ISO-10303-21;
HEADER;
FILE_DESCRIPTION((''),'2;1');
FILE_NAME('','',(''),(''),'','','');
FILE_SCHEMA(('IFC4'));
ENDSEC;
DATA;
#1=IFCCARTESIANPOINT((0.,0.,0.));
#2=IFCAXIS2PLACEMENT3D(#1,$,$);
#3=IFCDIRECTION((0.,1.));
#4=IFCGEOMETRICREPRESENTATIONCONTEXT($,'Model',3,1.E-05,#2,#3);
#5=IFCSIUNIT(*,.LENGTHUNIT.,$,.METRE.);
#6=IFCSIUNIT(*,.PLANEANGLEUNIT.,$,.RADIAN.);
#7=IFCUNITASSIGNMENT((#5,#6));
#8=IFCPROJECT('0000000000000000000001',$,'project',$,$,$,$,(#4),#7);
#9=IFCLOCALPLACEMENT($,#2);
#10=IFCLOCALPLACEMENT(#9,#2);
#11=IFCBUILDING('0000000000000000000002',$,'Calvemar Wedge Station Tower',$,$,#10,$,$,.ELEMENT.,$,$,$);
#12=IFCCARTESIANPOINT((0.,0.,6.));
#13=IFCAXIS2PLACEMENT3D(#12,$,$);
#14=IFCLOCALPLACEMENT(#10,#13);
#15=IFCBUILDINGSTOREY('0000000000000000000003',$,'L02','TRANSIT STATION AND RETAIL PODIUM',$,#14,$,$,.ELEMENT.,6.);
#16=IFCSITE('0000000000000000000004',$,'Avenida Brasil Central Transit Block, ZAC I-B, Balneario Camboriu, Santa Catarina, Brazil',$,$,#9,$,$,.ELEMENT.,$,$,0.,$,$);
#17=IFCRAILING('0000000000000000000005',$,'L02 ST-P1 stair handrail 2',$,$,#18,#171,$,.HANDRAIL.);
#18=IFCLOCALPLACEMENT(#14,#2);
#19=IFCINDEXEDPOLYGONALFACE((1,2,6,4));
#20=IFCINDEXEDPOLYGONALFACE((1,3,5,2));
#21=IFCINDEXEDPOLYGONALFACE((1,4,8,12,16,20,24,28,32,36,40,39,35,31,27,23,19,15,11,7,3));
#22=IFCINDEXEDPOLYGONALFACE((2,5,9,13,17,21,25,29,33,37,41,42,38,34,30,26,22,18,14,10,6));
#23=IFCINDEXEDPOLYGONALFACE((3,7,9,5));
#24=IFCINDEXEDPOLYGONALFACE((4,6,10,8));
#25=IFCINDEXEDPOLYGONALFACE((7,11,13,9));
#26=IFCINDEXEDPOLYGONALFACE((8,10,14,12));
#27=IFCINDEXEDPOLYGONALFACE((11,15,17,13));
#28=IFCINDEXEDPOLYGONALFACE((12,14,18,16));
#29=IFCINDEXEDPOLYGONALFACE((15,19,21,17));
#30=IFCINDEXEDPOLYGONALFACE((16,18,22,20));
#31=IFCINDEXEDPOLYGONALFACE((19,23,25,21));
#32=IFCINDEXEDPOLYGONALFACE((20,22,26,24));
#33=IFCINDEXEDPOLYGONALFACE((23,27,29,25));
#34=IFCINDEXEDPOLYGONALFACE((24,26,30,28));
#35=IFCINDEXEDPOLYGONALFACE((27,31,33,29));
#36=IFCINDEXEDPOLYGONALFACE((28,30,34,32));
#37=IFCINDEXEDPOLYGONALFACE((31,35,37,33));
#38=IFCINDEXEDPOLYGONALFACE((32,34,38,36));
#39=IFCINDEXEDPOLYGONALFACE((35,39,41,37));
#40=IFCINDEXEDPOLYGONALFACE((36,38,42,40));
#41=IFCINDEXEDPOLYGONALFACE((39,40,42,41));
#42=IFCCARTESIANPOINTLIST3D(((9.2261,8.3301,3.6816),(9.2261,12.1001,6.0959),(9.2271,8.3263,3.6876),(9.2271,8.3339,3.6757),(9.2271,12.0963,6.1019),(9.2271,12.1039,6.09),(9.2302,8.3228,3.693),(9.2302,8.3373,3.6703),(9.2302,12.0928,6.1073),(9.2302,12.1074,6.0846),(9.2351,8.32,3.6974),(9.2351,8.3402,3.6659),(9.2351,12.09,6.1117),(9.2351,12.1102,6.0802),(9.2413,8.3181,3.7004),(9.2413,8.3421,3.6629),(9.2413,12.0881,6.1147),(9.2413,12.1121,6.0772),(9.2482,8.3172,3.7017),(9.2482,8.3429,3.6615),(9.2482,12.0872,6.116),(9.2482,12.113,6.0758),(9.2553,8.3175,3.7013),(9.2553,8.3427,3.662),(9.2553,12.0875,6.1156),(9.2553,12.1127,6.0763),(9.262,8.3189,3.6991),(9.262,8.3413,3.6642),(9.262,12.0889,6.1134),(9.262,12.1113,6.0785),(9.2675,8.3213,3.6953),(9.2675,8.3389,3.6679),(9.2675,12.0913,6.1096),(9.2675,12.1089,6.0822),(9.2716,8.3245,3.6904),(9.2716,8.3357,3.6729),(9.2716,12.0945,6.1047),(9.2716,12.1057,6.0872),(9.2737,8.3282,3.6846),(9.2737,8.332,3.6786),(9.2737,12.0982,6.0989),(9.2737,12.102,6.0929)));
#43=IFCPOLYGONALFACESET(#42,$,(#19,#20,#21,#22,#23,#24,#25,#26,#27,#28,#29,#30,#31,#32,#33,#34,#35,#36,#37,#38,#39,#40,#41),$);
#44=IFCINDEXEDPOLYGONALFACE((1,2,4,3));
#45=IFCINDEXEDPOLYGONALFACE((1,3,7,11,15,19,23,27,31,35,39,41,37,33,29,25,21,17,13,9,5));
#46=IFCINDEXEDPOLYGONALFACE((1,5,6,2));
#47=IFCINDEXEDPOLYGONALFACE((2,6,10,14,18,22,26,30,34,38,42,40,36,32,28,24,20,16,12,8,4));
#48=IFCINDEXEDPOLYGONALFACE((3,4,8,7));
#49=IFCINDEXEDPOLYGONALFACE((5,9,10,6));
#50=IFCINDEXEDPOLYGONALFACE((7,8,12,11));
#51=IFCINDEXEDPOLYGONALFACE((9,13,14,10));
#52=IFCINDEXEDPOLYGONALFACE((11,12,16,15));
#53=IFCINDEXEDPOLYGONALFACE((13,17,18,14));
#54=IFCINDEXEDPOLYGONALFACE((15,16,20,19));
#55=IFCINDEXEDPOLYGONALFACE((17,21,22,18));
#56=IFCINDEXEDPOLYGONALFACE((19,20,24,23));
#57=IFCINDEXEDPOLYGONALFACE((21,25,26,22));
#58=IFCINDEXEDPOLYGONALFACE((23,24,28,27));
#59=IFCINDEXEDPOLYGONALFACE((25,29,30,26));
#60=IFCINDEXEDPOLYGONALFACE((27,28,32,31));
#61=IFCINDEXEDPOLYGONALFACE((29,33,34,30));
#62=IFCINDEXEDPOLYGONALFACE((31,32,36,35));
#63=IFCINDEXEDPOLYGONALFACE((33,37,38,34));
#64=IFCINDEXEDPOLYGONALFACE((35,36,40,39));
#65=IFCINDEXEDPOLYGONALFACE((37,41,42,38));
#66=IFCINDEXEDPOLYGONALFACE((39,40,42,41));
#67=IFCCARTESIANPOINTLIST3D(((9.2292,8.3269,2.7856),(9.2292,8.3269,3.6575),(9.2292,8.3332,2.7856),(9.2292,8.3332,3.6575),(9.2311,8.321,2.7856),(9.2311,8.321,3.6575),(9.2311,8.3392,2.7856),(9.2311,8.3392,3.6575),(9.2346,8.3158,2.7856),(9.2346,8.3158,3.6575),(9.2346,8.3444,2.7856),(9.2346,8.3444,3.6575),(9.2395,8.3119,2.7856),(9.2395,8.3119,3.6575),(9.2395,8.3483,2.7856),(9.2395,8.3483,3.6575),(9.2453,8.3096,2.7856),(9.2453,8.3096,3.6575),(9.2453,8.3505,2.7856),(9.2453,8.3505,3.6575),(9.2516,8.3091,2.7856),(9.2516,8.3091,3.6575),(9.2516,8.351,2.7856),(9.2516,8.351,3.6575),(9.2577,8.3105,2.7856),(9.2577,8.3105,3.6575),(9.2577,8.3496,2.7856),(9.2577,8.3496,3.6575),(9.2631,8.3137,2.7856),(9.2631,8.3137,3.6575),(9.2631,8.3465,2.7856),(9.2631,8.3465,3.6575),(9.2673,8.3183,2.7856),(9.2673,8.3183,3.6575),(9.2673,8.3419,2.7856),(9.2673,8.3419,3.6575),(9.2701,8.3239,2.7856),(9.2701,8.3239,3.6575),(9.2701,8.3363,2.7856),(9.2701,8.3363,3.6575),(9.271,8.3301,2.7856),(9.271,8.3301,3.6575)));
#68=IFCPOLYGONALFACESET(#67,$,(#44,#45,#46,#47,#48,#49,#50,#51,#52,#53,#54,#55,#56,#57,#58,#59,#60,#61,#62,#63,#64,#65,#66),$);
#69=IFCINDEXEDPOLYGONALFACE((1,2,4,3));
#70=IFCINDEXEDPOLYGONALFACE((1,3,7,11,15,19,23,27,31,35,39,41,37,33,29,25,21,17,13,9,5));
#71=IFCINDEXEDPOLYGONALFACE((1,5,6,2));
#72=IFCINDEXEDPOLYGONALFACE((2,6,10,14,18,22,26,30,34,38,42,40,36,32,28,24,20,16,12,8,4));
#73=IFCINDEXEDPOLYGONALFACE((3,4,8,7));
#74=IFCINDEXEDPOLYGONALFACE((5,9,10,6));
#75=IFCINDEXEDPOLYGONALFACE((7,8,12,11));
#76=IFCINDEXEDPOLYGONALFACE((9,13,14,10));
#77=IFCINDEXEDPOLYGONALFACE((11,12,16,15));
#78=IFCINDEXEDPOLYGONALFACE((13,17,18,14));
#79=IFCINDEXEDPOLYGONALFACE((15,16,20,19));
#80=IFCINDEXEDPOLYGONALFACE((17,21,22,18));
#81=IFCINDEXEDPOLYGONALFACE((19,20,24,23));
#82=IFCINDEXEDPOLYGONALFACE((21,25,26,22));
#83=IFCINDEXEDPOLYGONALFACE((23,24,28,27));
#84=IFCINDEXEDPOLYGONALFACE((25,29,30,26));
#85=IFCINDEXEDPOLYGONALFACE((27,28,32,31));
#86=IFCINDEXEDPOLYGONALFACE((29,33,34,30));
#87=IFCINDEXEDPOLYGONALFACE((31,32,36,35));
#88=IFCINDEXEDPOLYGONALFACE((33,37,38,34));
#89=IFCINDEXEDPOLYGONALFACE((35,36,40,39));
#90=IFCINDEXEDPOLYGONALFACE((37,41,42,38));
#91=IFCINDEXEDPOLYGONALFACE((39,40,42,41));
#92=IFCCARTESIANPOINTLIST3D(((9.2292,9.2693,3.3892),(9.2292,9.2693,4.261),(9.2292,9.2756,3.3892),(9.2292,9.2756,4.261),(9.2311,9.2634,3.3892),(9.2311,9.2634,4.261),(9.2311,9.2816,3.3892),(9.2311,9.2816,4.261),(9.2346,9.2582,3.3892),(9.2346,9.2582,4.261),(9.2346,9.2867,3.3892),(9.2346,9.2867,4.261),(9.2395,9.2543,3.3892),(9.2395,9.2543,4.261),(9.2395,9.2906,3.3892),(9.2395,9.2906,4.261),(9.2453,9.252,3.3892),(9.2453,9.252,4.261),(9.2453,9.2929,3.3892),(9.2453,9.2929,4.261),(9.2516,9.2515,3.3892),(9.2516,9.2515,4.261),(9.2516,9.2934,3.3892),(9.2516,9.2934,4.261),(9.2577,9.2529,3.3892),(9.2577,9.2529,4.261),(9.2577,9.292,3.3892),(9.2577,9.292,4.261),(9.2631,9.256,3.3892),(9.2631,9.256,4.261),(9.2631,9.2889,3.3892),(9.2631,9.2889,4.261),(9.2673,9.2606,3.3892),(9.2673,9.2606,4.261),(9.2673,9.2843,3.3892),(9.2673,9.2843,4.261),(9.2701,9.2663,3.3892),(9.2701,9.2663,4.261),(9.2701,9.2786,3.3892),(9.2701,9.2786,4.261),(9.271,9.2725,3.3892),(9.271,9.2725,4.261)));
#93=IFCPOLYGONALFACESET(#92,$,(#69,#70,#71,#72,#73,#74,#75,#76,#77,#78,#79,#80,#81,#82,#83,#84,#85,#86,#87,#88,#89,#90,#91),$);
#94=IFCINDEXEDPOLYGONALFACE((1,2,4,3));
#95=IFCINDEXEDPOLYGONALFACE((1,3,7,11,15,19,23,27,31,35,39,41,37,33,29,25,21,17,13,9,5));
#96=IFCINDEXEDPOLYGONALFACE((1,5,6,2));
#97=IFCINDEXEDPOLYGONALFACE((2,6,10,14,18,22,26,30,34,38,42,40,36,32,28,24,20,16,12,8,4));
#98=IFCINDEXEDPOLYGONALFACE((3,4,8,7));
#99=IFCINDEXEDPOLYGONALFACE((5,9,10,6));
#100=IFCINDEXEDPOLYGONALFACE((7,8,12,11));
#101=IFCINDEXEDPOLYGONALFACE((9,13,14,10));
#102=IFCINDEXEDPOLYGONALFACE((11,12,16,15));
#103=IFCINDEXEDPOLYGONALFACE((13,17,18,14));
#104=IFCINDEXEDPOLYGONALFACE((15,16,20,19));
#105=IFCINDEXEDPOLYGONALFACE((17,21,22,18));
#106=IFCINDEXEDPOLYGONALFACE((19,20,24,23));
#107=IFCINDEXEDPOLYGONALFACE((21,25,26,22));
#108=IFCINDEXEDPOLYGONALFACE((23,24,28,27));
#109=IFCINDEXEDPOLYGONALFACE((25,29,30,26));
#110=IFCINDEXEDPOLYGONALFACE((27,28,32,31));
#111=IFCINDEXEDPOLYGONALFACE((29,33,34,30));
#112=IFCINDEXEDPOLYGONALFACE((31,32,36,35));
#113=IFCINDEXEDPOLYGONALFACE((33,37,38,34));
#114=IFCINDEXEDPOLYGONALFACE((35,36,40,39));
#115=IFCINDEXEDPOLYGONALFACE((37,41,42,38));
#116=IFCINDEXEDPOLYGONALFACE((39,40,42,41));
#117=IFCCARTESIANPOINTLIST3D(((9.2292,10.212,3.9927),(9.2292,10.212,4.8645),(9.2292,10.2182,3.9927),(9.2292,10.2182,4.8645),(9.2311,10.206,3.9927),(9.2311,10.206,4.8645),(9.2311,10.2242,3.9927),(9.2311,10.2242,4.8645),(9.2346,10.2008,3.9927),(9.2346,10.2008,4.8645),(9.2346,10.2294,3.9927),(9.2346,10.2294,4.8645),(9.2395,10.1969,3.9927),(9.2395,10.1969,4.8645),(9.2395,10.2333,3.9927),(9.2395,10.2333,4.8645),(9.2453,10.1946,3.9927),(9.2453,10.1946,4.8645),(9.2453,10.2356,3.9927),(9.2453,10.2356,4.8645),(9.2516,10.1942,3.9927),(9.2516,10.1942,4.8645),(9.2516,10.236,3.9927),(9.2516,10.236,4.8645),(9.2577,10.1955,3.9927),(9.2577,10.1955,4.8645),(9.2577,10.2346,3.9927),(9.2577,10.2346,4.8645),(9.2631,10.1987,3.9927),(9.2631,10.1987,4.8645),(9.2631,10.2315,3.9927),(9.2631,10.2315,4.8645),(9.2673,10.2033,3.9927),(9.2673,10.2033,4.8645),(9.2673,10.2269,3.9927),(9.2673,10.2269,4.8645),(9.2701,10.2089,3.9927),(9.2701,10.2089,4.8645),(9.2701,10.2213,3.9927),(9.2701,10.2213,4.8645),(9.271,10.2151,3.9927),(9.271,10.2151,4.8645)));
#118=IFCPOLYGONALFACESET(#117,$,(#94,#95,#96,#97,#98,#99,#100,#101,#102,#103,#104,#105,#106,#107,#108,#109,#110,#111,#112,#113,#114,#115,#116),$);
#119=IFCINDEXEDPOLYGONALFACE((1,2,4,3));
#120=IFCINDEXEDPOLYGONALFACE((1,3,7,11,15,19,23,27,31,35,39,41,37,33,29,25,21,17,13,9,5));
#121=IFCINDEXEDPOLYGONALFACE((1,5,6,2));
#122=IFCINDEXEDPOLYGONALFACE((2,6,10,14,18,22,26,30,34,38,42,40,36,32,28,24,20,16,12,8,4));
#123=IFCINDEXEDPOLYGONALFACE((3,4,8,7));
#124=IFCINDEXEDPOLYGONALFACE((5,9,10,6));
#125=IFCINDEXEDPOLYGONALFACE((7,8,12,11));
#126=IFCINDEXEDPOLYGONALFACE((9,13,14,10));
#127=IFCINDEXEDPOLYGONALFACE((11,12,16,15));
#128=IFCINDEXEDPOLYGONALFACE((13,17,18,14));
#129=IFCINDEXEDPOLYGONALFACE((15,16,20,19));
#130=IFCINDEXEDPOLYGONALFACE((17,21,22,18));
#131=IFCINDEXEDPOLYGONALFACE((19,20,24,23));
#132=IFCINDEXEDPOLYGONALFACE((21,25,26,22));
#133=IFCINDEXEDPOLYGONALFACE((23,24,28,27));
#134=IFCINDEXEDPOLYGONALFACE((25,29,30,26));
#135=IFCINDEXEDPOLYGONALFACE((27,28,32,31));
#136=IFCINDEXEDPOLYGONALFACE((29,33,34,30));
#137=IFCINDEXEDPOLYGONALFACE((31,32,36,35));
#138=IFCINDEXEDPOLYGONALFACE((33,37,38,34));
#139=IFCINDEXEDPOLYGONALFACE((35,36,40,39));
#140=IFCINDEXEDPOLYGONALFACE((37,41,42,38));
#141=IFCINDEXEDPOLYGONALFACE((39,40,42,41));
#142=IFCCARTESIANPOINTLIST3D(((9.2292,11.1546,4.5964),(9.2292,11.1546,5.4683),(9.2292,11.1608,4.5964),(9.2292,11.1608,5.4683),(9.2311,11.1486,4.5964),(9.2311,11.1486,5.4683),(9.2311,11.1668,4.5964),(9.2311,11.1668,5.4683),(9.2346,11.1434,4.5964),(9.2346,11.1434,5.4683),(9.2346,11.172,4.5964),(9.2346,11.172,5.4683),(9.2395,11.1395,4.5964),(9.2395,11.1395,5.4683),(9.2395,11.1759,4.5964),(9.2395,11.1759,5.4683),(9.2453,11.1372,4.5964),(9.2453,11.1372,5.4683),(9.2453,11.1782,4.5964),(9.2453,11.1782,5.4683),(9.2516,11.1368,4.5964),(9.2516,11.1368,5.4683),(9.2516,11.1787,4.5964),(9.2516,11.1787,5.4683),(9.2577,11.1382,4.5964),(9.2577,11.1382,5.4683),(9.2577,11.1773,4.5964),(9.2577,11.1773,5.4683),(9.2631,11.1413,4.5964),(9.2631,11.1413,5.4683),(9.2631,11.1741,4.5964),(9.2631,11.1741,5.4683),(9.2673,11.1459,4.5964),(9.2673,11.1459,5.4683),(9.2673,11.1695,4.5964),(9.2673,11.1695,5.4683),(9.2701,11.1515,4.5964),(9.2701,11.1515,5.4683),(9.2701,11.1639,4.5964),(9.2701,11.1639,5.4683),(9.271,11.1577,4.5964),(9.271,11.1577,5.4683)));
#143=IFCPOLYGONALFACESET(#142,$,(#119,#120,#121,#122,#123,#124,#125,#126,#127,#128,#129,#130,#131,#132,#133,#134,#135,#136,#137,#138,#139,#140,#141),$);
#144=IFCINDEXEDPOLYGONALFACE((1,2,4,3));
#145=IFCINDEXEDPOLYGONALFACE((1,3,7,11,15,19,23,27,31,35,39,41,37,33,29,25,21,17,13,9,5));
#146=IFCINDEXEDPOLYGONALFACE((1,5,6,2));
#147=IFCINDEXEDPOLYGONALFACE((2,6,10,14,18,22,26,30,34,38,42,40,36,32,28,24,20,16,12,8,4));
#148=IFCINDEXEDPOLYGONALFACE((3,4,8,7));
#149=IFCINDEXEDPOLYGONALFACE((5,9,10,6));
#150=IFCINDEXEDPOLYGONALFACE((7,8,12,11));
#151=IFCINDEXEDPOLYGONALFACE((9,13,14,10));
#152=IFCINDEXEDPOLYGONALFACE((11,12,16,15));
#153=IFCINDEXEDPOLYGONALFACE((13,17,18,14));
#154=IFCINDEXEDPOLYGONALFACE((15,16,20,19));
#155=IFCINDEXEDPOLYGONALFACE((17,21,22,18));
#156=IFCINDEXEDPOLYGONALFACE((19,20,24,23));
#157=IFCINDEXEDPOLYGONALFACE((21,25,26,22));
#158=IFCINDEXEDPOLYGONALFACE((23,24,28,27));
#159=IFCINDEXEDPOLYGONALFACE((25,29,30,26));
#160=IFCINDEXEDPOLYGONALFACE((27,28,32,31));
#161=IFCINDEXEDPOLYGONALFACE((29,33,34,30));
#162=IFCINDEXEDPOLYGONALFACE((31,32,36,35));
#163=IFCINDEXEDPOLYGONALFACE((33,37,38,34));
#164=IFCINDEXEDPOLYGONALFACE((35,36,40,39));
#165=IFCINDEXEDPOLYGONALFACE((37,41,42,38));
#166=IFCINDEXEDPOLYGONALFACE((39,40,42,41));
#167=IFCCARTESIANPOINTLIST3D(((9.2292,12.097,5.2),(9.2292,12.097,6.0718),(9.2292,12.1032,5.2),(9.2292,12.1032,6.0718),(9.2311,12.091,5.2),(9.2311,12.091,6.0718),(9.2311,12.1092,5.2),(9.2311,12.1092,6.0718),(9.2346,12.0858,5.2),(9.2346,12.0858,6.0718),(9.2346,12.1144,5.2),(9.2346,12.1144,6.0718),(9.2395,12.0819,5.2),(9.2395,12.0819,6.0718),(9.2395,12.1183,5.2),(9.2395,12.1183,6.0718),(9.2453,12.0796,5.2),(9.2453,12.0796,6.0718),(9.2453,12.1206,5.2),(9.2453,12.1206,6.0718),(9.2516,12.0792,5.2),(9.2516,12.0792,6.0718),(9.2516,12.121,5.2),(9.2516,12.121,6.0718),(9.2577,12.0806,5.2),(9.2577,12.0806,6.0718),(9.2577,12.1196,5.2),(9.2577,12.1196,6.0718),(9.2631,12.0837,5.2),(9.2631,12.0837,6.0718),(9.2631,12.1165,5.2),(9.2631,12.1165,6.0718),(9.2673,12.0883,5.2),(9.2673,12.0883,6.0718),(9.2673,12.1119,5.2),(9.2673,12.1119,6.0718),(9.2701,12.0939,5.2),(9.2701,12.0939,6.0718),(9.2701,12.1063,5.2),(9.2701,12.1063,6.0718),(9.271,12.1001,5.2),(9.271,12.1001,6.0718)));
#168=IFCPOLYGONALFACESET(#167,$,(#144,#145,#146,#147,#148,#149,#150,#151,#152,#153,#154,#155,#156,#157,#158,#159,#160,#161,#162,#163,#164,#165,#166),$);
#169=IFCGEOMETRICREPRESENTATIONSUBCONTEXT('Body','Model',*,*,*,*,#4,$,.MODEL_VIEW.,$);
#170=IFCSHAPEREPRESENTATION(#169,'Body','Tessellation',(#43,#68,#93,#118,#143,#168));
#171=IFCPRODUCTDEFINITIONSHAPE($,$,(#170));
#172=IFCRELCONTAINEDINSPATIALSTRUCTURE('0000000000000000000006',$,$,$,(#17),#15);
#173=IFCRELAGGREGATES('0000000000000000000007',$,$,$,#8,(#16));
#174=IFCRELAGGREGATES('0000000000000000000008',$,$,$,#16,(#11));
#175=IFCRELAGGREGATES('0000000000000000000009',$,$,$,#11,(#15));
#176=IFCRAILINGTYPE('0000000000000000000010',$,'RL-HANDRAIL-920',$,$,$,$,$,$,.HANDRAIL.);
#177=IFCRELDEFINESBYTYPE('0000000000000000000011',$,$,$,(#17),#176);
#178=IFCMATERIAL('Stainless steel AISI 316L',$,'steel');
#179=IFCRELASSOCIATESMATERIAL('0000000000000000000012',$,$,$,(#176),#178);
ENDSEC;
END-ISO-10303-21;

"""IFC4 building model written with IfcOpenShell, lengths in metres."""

from ifc_helpers import new_model, si_unit, direction, frame, origin, origin_2d, place, context, subcontext, project, spatial, circle, extrude, material, type_object, element, save


model = new_model("IFC4")

# Units and contexts
model_context = context("Model", 3, precision=1e-05, world=origin(), true_north=direction((0.0, 1.0)))
body_context = subcontext(model_context, "Body", "Model", "MODEL_VIEW")
ifc_project = project(units=[si_unit("LENGTHUNIT", "METRE"), si_unit("PLANEANGLEUNIT", "RADIAN")], contexts=[model_context])

# Site, building, storey
site_placement = place(None, origin())
site = spatial("IfcSite", under=ifc_project, at=site_placement, Name="Avenida Brasil Central Transit Block, ZAC I-B, Balneario Camboriu, Santa Catarina, Brazil", CompositionType="ELEMENT", RefElevation=0.0)
building_placement = place(site_placement, origin())
building = spatial("IfcBuilding", under=site, at=building_placement, Name="Calvemar Wedge Station Tower", CompositionType="ELEMENT")
storey_placement = place(building_placement, frame((0.0, 0.0, 6.0)))
storey = spatial("IfcBuildingStorey", under=building, at=storey_placement, Name="L02", Description="TRANSIT STATION AND RETAIL PODIUM", CompositionType="ELEMENT", Elevation=6.0)

# Railing
ifc_material_1 = material(Name="Stainless steel AISI 316L", Category="steel")
railing_type_1 = type_object("IfcRailingType", Name="RL-HANDRAIL-920", PredefinedType="HANDRAIL", material=ifc_material_1)
railing_1_placement = place(storey_placement, frame((9.25, 8.3301, 2.7856)))
element("IfcRailing", 1, at=railing_1_placement, inside=storey, type_object=railing_type_1, Name="L02 ST-P1 stair handrail 2", PredefinedType="HANDRAIL", context=body_context, shape_type="SweptSolid", body=[
    extrude(circle(Radius=0.0239, at=origin_2d()), frame((0.0, 0.0, 0.896), z_axis=(0.0, 0.84212, 0.53929), x_axis=(-1.0, 0.0, 0.0)), (0.0, 0.0, 1.0), 4.4768),
    extrude(circle(Radius=0.021, at=origin_2d()), origin(), (0.0, 0.0, 1.0), 0.8718),
    extrude(circle(Radius=0.021, at=origin_2d()), frame((0.0, 0.9424, 0.6035)), (0.0, 0.0, 1.0), 0.8718),
    extrude(circle(Radius=0.021, at=origin_2d()), frame((0.0, 1.885, 1.207)), (0.0, 0.0, 1.0), 0.8718),
    extrude(circle(Radius=0.021, at=origin_2d()), frame((0.0, 2.8276, 1.8108)), (0.0, 0.0, 1.0), 0.8718),
    extrude(circle(Radius=0.021, at=origin_2d()), frame((0.0, 3.77, 2.4143)), (0.0, 0.0, 1.0), 0.8718),
])

save(model, "model.ifc")
